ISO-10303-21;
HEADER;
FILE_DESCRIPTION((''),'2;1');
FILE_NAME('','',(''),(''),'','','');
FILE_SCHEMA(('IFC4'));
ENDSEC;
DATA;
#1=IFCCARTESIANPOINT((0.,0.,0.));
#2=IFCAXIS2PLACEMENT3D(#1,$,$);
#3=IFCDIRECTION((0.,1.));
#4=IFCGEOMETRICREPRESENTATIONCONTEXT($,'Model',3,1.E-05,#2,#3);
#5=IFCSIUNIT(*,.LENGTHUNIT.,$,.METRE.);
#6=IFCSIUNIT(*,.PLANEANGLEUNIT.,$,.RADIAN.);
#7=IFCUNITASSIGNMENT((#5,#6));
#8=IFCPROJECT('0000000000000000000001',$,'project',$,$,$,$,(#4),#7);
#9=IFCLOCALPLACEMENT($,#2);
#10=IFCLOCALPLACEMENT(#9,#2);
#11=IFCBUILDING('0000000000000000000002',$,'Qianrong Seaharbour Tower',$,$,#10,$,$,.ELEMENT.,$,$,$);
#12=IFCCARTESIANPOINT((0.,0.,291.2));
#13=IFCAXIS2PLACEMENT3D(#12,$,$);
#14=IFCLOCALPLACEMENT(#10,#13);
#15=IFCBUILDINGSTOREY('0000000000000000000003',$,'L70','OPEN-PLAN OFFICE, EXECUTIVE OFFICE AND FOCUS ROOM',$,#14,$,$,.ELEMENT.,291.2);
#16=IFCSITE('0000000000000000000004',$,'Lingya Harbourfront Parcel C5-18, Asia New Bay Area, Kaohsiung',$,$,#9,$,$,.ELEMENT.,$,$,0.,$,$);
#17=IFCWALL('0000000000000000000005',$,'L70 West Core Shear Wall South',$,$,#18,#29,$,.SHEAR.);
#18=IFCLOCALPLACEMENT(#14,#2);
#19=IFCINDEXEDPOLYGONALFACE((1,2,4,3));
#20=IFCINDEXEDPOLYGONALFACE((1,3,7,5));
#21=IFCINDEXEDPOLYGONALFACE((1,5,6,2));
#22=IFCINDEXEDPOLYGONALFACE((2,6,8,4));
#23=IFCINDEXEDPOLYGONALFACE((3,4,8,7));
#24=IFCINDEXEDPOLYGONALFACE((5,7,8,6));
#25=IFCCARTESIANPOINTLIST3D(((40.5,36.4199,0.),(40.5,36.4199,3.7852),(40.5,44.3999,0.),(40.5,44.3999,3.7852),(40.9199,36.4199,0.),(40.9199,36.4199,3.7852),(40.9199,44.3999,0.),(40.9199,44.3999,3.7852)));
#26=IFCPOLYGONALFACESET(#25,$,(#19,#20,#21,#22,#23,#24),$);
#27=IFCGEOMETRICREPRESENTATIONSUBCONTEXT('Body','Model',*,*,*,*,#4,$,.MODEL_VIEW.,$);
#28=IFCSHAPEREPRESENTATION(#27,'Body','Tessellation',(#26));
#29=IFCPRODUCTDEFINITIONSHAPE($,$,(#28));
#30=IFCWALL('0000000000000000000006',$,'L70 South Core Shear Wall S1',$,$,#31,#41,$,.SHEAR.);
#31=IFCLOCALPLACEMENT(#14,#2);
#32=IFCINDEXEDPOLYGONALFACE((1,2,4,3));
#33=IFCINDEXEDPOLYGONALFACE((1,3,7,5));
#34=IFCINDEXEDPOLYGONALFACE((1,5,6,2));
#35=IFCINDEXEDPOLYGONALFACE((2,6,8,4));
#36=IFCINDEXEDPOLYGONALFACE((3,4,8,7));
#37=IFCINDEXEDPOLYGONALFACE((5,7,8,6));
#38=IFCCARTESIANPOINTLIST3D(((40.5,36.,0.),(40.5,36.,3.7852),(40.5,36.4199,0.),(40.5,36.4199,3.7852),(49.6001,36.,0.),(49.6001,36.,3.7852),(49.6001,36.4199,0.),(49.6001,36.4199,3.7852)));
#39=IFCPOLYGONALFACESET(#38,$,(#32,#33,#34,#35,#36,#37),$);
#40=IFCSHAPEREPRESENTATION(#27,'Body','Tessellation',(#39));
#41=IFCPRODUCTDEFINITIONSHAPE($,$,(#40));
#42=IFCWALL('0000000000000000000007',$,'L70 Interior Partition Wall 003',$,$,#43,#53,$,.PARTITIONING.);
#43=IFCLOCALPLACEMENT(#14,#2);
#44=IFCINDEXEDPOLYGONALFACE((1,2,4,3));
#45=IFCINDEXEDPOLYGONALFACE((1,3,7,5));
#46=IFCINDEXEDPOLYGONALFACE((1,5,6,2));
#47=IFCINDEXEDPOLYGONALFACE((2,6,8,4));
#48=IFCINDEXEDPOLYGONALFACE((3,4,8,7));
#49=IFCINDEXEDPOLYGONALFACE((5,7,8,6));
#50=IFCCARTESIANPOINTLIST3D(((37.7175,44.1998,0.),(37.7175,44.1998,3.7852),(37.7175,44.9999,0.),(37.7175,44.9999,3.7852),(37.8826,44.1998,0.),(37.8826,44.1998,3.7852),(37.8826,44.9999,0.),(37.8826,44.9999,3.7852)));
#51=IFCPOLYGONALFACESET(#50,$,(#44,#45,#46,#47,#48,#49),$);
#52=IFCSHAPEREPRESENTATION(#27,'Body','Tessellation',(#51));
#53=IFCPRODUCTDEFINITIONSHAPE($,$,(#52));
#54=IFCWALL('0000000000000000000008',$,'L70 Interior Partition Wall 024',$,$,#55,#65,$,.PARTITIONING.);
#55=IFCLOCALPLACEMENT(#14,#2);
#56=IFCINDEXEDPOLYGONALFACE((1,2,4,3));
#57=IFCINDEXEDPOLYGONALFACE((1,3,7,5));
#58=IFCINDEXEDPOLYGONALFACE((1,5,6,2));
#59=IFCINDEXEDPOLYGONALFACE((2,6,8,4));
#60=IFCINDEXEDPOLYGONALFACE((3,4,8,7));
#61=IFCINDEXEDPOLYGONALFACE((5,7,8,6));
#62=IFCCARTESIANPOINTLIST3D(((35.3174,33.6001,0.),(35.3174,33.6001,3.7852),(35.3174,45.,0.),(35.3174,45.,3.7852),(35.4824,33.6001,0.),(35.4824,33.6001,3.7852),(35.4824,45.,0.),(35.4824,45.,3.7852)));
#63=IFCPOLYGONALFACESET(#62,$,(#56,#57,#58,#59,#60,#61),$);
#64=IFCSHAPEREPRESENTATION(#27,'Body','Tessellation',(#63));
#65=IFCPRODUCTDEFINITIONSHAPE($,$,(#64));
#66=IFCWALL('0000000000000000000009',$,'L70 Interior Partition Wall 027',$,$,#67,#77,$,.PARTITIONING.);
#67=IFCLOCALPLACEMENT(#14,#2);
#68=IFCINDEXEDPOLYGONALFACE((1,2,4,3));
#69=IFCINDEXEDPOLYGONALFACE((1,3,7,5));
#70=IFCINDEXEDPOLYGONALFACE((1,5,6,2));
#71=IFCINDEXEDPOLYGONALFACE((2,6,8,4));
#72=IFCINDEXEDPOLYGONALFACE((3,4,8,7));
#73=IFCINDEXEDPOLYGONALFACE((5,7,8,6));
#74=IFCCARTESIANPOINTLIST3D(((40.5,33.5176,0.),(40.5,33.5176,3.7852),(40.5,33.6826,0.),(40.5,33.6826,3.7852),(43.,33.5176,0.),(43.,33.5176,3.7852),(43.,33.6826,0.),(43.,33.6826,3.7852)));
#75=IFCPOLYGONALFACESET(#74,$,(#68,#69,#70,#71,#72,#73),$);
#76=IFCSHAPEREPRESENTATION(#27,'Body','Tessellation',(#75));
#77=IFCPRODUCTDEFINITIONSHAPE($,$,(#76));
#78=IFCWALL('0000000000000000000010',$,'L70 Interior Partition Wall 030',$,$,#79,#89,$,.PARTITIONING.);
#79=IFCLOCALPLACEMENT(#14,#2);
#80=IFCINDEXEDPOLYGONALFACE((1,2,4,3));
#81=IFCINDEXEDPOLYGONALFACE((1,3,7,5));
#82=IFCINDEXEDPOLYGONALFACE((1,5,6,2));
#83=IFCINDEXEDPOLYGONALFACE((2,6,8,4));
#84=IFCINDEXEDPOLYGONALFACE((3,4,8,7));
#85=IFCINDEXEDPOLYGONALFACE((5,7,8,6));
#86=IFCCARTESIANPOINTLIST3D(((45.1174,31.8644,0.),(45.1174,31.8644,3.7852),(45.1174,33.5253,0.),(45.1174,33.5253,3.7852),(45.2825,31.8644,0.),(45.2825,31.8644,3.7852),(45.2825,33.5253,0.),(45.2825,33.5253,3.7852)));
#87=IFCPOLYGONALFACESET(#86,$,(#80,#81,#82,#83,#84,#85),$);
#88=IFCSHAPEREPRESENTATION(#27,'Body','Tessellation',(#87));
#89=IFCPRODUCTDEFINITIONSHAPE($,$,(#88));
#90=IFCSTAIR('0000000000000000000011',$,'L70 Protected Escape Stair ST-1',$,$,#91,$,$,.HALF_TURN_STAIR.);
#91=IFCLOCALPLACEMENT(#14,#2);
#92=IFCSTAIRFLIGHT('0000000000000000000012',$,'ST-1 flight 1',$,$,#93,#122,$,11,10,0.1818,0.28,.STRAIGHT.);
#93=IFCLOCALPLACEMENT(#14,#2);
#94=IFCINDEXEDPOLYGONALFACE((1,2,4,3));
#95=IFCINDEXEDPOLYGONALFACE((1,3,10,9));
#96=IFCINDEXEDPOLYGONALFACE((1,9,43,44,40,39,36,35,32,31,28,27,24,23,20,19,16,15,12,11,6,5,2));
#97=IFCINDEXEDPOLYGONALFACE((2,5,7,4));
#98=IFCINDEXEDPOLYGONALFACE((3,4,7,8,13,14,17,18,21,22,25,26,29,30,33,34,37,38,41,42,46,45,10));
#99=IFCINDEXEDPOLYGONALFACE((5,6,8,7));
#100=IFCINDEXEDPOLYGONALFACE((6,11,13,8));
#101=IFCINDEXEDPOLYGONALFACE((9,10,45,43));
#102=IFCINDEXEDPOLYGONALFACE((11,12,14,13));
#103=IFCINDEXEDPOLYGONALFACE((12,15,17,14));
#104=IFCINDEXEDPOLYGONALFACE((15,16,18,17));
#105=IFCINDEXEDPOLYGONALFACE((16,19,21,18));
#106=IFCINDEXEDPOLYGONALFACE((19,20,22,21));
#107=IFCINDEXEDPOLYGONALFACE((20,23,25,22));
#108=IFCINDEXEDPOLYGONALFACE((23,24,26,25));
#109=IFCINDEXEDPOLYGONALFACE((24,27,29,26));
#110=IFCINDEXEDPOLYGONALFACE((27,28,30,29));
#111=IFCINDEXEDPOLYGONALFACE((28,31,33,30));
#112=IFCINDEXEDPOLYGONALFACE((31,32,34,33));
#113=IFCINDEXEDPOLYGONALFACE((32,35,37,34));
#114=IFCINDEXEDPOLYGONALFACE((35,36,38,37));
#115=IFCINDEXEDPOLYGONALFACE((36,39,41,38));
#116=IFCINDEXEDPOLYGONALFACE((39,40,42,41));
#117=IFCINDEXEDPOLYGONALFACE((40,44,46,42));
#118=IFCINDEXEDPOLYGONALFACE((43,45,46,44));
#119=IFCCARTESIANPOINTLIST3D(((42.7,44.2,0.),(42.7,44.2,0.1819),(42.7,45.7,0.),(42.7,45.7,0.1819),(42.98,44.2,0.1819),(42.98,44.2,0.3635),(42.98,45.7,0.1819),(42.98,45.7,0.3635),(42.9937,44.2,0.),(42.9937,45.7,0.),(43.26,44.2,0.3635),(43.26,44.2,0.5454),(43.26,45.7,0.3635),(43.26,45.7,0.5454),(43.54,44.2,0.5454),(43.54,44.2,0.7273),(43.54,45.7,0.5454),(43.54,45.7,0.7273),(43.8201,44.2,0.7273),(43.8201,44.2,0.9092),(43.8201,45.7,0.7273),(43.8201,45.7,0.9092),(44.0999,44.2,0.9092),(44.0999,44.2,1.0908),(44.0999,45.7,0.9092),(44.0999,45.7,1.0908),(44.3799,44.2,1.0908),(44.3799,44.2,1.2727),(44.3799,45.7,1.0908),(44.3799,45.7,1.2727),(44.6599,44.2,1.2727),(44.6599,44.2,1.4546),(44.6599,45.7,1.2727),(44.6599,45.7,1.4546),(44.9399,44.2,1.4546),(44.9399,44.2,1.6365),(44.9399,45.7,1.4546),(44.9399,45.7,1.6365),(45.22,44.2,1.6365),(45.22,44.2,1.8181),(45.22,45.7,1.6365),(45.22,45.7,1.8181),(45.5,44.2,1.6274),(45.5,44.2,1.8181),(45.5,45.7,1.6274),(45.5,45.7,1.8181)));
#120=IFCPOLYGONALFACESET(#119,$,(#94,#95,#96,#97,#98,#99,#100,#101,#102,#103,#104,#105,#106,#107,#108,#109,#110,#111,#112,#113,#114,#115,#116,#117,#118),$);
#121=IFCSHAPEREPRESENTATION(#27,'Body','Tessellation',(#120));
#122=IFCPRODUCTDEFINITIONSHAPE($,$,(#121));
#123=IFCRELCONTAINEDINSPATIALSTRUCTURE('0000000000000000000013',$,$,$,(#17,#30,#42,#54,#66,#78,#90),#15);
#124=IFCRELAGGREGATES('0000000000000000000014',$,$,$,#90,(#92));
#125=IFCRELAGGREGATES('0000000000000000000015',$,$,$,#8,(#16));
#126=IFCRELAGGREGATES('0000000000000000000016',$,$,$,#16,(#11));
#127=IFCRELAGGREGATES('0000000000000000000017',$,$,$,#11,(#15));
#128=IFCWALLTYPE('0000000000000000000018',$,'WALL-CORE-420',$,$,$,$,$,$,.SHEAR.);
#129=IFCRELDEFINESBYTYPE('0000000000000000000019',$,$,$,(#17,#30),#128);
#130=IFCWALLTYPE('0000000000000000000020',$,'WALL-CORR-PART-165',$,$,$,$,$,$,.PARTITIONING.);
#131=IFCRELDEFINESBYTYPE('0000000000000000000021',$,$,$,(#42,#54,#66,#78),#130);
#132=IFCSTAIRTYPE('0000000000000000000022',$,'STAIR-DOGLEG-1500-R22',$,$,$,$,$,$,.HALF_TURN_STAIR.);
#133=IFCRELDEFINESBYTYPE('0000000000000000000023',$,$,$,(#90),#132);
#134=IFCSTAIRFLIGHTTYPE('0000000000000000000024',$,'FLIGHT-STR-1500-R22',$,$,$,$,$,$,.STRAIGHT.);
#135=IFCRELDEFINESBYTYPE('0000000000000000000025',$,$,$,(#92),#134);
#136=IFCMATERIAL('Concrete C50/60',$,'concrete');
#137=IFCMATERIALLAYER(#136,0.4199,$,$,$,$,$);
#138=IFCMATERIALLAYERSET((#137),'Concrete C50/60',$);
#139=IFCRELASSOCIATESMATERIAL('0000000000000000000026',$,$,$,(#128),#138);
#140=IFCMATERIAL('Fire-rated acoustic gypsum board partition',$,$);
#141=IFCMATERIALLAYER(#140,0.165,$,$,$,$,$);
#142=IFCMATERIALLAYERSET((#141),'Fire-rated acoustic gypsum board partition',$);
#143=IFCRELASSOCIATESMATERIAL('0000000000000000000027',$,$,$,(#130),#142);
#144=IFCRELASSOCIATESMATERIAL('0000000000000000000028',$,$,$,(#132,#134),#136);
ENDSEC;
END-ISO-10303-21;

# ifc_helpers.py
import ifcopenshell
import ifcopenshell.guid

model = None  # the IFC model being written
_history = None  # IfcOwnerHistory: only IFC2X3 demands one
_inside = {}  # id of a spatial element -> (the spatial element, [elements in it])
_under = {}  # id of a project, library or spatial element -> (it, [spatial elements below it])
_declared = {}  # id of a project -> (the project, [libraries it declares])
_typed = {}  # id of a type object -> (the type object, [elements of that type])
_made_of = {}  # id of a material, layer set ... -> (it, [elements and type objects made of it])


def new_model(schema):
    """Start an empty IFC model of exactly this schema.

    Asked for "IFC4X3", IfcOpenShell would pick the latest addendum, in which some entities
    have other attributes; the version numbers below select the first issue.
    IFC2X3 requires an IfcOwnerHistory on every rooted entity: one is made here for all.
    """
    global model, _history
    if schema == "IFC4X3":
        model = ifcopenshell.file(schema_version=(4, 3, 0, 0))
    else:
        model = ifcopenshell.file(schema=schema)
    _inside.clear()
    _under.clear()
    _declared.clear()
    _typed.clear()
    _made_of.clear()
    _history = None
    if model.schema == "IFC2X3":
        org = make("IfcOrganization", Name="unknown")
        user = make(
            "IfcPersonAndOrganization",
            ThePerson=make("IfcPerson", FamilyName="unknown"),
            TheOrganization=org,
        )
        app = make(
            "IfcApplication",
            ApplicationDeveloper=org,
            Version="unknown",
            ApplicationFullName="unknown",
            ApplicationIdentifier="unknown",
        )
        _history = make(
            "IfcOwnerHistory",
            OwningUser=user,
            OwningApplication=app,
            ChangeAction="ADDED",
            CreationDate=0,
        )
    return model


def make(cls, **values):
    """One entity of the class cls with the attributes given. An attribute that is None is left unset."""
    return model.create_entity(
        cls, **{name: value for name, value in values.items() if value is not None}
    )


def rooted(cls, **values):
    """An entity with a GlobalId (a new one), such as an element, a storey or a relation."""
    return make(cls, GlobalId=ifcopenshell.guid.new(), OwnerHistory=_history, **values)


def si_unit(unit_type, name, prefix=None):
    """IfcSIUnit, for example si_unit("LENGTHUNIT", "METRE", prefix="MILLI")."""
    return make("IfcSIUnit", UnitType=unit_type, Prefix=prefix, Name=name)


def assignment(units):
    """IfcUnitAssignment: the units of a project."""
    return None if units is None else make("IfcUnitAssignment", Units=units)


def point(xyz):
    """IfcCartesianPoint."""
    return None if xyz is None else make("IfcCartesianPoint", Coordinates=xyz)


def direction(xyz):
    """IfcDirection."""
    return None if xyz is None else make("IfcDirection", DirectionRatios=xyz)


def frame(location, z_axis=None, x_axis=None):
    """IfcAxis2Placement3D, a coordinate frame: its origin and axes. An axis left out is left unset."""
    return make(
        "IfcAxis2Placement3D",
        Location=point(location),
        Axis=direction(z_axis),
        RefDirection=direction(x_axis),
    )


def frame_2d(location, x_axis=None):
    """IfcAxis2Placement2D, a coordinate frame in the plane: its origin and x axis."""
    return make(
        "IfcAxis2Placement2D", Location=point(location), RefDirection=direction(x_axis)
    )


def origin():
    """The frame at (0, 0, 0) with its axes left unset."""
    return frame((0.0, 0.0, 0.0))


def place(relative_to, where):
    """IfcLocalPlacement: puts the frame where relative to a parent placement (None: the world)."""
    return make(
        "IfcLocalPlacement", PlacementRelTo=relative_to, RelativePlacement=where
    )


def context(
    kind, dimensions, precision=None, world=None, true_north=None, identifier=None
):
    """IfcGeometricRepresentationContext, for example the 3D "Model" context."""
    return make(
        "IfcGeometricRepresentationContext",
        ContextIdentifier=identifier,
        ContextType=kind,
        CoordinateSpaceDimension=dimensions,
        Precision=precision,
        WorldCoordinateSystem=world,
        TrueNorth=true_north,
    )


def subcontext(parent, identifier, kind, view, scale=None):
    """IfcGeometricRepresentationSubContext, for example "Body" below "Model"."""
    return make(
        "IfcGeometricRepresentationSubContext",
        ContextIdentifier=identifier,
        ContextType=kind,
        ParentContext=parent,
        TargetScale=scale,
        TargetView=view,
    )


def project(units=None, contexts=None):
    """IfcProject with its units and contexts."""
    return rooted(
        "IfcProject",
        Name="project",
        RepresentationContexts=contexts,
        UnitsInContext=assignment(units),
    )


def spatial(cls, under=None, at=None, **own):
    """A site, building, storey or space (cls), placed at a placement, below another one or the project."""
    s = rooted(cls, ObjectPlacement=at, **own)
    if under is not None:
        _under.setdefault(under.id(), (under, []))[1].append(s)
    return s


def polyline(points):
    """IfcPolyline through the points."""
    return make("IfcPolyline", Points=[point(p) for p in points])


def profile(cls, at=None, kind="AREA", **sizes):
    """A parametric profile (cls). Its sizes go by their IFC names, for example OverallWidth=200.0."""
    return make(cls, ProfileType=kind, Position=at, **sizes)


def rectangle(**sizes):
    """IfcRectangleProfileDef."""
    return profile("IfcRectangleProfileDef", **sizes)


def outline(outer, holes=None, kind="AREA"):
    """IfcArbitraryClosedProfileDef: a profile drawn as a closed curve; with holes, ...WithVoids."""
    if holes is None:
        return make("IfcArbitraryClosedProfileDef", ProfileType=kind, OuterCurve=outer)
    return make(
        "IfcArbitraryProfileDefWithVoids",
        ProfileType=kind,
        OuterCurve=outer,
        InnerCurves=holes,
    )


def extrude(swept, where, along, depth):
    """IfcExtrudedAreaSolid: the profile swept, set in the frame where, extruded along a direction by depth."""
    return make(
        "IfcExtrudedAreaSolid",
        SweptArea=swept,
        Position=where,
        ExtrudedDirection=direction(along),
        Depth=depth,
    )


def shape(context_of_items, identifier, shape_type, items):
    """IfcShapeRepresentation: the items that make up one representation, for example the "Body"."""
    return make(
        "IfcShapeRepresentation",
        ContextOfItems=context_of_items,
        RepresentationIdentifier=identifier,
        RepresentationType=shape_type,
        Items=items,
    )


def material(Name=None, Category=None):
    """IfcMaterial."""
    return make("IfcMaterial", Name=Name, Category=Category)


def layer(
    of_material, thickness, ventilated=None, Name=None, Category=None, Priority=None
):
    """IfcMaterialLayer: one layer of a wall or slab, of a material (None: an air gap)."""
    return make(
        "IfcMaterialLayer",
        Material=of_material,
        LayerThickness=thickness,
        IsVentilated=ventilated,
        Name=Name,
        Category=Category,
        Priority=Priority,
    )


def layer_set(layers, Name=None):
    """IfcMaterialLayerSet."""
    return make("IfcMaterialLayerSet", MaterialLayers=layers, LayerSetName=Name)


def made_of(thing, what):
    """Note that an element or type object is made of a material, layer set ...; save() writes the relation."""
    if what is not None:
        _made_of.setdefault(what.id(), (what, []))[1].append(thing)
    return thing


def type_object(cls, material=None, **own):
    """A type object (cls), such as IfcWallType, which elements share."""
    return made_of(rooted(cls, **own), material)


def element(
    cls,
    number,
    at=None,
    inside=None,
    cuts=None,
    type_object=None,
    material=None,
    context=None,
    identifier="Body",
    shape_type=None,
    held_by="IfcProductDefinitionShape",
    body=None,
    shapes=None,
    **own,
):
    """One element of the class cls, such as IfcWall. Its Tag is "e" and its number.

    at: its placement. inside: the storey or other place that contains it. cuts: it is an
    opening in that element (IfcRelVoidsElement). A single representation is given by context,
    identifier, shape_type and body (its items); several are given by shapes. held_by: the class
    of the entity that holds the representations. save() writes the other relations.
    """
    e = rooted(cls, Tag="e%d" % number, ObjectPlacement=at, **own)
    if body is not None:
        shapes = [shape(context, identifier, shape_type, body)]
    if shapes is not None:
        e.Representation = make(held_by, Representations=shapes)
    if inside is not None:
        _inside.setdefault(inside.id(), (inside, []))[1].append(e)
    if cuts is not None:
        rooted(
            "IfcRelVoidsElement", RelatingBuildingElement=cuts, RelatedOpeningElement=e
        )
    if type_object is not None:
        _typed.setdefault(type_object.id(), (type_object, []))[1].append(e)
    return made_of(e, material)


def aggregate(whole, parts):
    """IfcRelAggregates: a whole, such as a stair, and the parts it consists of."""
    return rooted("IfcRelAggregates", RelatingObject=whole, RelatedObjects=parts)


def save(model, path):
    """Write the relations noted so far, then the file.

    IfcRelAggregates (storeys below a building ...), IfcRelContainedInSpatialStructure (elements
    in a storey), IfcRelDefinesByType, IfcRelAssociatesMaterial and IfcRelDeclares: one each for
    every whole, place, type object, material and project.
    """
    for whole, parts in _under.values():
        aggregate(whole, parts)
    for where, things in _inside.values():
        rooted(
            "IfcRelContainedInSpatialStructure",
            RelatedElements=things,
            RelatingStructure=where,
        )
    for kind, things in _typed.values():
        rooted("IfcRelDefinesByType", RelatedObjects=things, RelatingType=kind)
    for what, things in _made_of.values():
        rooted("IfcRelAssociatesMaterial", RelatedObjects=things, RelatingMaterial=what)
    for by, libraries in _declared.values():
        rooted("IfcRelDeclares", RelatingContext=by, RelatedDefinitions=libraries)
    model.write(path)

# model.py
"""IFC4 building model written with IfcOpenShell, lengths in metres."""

from ifc_helpers import new_model, si_unit, direction, frame, frame_2d, origin, place, context, subcontext, project, spatial, polyline, rectangle, outline, extrude, material, layer, layer_set, type_object, element, aggregate, save


model = new_model("IFC4")

# Units and contexts
model_context = context("Model", 3, precision=1e-05, world=origin(), true_north=direction((0.0, 1.0)))
body_context = subcontext(model_context, "Body", "Model", "MODEL_VIEW")
ifc_project = project(units=[si_unit("LENGTHUNIT", "METRE"), si_unit("PLANEANGLEUNIT", "RADIAN")], contexts=[model_context])

# Site, building, storey
site_placement = place(None, origin())
site = spatial("IfcSite", under=ifc_project, at=site_placement, Name="Lingya Harbourfront Parcel C5-18, Asia New Bay Area, Kaohsiung", CompositionType="ELEMENT", RefElevation=0.0)
building_placement = place(site_placement, origin())
building = spatial("IfcBuilding", under=site, at=building_placement, Name="Qianrong Seaharbour Tower", CompositionType="ELEMENT")
storey_placement = place(building_placement, frame((0.0, 0.0, 291.2)))
storey = spatial("IfcBuildingStorey", under=building, at=storey_placement, Name="L70", Description="OPEN-PLAN OFFICE, EXECUTIVE OFFICE AND FOCUS ROOM", CompositionType="ELEMENT", Elevation=291.2)

# Shared definitions
ifc_material_1 = material(Name="Concrete C50/60", Category="concrete")

# Walls
ifc_layer_1 = layer(ifc_material_1, 0.4199)
ifc_layer_set_1 = layer_set([ifc_layer_1], Name="Concrete C50/60")
wall_type_1 = type_object("IfcWallType", Name="WALL-CORE-420", PredefinedType="SHEAR", material=ifc_layer_set_1)
wall_1_placement = place(storey_placement, frame((40.71, 36.4199, 0.0), z_axis=(0.0, 0.0, 1.0), x_axis=(0.0, 1.0, 0.0)))
element("IfcWall", 1, at=wall_1_placement, inside=storey, type_object=wall_type_1, Name="L70 West Core Shear Wall South", PredefinedType="SHEAR", context=body_context, shape_type="SweptSolid", body=[
    extrude(rectangle(XDim=7.98, YDim=0.4199, at=frame_2d((3.99, 0.0))), origin(), (0.0, 0.0, 1.0), 3.7852),
])
wall_2_placement = place(storey_placement, frame((40.5, 36.21, 0.0), z_axis=(0.0, 0.0, 1.0), x_axis=(1.0, 0.0, 0.0)))
element("IfcWall", 2, at=wall_2_placement, inside=storey, type_object=wall_type_1, Name="L70 South Core Shear Wall S1", PredefinedType="SHEAR", context=body_context, shape_type="SweptSolid", body=[
    extrude(rectangle(XDim=9.1001, YDim=0.4199, at=frame_2d((4.55, 0.0))), origin(), (0.0, 0.0, 1.0), 3.7852),
])
ifc_material_2 = material(Name="Fire-rated acoustic gypsum board partition")
ifc_layer_2 = layer(ifc_material_2, 0.165)
ifc_layer_set_2 = layer_set([ifc_layer_2], Name="Fire-rated acoustic gypsum board partition")
wall_type_2 = type_object("IfcWallType", Name="WALL-CORR-PART-165", PredefinedType="PARTITIONING", material=ifc_layer_set_2)
wall_3_placement = place(storey_placement, frame((37.8, 44.2, 0.0), z_axis=(0.0, 0.0, 1.0), x_axis=(0.0, 1.0, 0.0)))
element("IfcWall", 3, at=wall_3_placement, inside=storey, type_object=wall_type_2, Name="L70 Interior Partition Wall 003", PredefinedType="PARTITIONING", context=body_context, shape_type="SweptSolid", body=[
    extrude(rectangle(XDim=0.8, YDim=0.165, at=frame_2d((0.3999, 0.0))), origin(), (0.0, 0.0, 1.0), 3.7852),
])
wall_4_placement = place(storey_placement, frame((35.3999, 33.6001, 0.0), z_axis=(0.0, 0.0, 1.0), x_axis=(0.0, 1.0, 0.0)))
element("IfcWall", 4, at=wall_4_placement, inside=storey, type_object=wall_type_2, Name="L70 Interior Partition Wall 024", PredefinedType="PARTITIONING", context=body_context, shape_type="SweptSolid", body=[
    extrude(rectangle(XDim=11.3999, YDim=0.165, at=frame_2d((5.7, 0.0))), origin(), (0.0, 0.0, 1.0), 3.7852),
])
wall_5_placement = place(storey_placement, frame((43.0, 33.6001, 0.0), z_axis=(0.0, 0.0, 1.0), x_axis=(-1.0, 0.0, 0.0)))
element("IfcWall", 5, at=wall_5_placement, inside=storey, type_object=wall_type_2, Name="L70 Interior Partition Wall 027", PredefinedType="PARTITIONING", context=body_context, shape_type="SweptSolid", body=[
    extrude(rectangle(XDim=2.5, YDim=0.165, at=frame_2d((1.25, 0.0))), origin(), (0.0, 0.0, 1.0), 3.7852),
])
wall_6_placement = place(storey_placement, frame((45.2, 33.5254, 0.0), z_axis=(0.0, 0.0, 1.0), x_axis=(0.0, -1.0, 0.0)))
element("IfcWall", 6, at=wall_6_placement, inside=storey, type_object=wall_type_2, Name="L70 Interior Partition Wall 030", PredefinedType="PARTITIONING", context=body_context, shape_type="SweptSolid", body=[
    extrude(rectangle(XDim=1.6609, YDim=0.165, at=frame_2d((0.8306, 0.0))), origin(), (0.0, 0.0, 1.0), 3.7852),
])

# Stair, stair flight
stair_type = type_object("IfcStairType", Name="STAIR-DOGLEG-1500-R22", PredefinedType="HALF_TURN_STAIR", material=ifc_material_1)
stair_placement = place(storey_placement, origin())
stair = element("IfcStair", 7, at=stair_placement, inside=storey, type_object=stair_type, Name="L70 Protected Escape Stair ST-1", PredefinedType="HALF_TURN_STAIR")
stair_flight_type = type_object("IfcStairFlightType", Name="FLIGHT-STR-1500-R22", PredefinedType="STRAIGHT", material=ifc_material_1)
stair_flight_placement = place(storey_placement, frame((42.7, 44.95, 0.0), z_axis=(0.0, 0.0, 1.0), x_axis=(1.0, 0.0, 0.0)))
stair_flight = element("IfcStairFlight", 8, at=stair_flight_placement, type_object=stair_flight_type, Name="ST-1 flight 1", NumberOfRisers=11, NumberOfTreads=10, PredefinedType="STRAIGHT", RiserHeight=0.1818, TreadLength=0.28, context=body_context, shape_type="SweptSolid", body=[
    extrude(outline(polyline([(0.0, 0.0), (0.0, 0.1819), (0.28, 0.1819), (0.28, 0.3635), (0.5601, 0.3635), (0.5601, 0.5454), (0.8401, 0.5454), (0.8401, 0.7273), (1.1201, 0.7273), (1.1201, 0.9092), (1.3999, 0.9092), (1.3999, 1.0908), (1.6799, 1.0908), (1.6799, 1.2727), (1.96, 1.2727), (1.96, 1.4546), (2.24, 1.4546), (2.24, 1.6365), (2.52, 1.6365), (2.52, 1.8181), (2.8, 1.8181), (2.8, 2.0), (2.8, 1.6274), (0.2937, 0.0), (0.0, 0.0)])), frame((0.0, 0.75, 0.0), z_axis=(0.0, -1.0, 0.0), x_axis=(1.0, 0.0, 0.0)), (0.0, 0.0, 1.0), 1.5),
])
aggregate(stair, [stair_flight])

save(model, "model.ifc")
